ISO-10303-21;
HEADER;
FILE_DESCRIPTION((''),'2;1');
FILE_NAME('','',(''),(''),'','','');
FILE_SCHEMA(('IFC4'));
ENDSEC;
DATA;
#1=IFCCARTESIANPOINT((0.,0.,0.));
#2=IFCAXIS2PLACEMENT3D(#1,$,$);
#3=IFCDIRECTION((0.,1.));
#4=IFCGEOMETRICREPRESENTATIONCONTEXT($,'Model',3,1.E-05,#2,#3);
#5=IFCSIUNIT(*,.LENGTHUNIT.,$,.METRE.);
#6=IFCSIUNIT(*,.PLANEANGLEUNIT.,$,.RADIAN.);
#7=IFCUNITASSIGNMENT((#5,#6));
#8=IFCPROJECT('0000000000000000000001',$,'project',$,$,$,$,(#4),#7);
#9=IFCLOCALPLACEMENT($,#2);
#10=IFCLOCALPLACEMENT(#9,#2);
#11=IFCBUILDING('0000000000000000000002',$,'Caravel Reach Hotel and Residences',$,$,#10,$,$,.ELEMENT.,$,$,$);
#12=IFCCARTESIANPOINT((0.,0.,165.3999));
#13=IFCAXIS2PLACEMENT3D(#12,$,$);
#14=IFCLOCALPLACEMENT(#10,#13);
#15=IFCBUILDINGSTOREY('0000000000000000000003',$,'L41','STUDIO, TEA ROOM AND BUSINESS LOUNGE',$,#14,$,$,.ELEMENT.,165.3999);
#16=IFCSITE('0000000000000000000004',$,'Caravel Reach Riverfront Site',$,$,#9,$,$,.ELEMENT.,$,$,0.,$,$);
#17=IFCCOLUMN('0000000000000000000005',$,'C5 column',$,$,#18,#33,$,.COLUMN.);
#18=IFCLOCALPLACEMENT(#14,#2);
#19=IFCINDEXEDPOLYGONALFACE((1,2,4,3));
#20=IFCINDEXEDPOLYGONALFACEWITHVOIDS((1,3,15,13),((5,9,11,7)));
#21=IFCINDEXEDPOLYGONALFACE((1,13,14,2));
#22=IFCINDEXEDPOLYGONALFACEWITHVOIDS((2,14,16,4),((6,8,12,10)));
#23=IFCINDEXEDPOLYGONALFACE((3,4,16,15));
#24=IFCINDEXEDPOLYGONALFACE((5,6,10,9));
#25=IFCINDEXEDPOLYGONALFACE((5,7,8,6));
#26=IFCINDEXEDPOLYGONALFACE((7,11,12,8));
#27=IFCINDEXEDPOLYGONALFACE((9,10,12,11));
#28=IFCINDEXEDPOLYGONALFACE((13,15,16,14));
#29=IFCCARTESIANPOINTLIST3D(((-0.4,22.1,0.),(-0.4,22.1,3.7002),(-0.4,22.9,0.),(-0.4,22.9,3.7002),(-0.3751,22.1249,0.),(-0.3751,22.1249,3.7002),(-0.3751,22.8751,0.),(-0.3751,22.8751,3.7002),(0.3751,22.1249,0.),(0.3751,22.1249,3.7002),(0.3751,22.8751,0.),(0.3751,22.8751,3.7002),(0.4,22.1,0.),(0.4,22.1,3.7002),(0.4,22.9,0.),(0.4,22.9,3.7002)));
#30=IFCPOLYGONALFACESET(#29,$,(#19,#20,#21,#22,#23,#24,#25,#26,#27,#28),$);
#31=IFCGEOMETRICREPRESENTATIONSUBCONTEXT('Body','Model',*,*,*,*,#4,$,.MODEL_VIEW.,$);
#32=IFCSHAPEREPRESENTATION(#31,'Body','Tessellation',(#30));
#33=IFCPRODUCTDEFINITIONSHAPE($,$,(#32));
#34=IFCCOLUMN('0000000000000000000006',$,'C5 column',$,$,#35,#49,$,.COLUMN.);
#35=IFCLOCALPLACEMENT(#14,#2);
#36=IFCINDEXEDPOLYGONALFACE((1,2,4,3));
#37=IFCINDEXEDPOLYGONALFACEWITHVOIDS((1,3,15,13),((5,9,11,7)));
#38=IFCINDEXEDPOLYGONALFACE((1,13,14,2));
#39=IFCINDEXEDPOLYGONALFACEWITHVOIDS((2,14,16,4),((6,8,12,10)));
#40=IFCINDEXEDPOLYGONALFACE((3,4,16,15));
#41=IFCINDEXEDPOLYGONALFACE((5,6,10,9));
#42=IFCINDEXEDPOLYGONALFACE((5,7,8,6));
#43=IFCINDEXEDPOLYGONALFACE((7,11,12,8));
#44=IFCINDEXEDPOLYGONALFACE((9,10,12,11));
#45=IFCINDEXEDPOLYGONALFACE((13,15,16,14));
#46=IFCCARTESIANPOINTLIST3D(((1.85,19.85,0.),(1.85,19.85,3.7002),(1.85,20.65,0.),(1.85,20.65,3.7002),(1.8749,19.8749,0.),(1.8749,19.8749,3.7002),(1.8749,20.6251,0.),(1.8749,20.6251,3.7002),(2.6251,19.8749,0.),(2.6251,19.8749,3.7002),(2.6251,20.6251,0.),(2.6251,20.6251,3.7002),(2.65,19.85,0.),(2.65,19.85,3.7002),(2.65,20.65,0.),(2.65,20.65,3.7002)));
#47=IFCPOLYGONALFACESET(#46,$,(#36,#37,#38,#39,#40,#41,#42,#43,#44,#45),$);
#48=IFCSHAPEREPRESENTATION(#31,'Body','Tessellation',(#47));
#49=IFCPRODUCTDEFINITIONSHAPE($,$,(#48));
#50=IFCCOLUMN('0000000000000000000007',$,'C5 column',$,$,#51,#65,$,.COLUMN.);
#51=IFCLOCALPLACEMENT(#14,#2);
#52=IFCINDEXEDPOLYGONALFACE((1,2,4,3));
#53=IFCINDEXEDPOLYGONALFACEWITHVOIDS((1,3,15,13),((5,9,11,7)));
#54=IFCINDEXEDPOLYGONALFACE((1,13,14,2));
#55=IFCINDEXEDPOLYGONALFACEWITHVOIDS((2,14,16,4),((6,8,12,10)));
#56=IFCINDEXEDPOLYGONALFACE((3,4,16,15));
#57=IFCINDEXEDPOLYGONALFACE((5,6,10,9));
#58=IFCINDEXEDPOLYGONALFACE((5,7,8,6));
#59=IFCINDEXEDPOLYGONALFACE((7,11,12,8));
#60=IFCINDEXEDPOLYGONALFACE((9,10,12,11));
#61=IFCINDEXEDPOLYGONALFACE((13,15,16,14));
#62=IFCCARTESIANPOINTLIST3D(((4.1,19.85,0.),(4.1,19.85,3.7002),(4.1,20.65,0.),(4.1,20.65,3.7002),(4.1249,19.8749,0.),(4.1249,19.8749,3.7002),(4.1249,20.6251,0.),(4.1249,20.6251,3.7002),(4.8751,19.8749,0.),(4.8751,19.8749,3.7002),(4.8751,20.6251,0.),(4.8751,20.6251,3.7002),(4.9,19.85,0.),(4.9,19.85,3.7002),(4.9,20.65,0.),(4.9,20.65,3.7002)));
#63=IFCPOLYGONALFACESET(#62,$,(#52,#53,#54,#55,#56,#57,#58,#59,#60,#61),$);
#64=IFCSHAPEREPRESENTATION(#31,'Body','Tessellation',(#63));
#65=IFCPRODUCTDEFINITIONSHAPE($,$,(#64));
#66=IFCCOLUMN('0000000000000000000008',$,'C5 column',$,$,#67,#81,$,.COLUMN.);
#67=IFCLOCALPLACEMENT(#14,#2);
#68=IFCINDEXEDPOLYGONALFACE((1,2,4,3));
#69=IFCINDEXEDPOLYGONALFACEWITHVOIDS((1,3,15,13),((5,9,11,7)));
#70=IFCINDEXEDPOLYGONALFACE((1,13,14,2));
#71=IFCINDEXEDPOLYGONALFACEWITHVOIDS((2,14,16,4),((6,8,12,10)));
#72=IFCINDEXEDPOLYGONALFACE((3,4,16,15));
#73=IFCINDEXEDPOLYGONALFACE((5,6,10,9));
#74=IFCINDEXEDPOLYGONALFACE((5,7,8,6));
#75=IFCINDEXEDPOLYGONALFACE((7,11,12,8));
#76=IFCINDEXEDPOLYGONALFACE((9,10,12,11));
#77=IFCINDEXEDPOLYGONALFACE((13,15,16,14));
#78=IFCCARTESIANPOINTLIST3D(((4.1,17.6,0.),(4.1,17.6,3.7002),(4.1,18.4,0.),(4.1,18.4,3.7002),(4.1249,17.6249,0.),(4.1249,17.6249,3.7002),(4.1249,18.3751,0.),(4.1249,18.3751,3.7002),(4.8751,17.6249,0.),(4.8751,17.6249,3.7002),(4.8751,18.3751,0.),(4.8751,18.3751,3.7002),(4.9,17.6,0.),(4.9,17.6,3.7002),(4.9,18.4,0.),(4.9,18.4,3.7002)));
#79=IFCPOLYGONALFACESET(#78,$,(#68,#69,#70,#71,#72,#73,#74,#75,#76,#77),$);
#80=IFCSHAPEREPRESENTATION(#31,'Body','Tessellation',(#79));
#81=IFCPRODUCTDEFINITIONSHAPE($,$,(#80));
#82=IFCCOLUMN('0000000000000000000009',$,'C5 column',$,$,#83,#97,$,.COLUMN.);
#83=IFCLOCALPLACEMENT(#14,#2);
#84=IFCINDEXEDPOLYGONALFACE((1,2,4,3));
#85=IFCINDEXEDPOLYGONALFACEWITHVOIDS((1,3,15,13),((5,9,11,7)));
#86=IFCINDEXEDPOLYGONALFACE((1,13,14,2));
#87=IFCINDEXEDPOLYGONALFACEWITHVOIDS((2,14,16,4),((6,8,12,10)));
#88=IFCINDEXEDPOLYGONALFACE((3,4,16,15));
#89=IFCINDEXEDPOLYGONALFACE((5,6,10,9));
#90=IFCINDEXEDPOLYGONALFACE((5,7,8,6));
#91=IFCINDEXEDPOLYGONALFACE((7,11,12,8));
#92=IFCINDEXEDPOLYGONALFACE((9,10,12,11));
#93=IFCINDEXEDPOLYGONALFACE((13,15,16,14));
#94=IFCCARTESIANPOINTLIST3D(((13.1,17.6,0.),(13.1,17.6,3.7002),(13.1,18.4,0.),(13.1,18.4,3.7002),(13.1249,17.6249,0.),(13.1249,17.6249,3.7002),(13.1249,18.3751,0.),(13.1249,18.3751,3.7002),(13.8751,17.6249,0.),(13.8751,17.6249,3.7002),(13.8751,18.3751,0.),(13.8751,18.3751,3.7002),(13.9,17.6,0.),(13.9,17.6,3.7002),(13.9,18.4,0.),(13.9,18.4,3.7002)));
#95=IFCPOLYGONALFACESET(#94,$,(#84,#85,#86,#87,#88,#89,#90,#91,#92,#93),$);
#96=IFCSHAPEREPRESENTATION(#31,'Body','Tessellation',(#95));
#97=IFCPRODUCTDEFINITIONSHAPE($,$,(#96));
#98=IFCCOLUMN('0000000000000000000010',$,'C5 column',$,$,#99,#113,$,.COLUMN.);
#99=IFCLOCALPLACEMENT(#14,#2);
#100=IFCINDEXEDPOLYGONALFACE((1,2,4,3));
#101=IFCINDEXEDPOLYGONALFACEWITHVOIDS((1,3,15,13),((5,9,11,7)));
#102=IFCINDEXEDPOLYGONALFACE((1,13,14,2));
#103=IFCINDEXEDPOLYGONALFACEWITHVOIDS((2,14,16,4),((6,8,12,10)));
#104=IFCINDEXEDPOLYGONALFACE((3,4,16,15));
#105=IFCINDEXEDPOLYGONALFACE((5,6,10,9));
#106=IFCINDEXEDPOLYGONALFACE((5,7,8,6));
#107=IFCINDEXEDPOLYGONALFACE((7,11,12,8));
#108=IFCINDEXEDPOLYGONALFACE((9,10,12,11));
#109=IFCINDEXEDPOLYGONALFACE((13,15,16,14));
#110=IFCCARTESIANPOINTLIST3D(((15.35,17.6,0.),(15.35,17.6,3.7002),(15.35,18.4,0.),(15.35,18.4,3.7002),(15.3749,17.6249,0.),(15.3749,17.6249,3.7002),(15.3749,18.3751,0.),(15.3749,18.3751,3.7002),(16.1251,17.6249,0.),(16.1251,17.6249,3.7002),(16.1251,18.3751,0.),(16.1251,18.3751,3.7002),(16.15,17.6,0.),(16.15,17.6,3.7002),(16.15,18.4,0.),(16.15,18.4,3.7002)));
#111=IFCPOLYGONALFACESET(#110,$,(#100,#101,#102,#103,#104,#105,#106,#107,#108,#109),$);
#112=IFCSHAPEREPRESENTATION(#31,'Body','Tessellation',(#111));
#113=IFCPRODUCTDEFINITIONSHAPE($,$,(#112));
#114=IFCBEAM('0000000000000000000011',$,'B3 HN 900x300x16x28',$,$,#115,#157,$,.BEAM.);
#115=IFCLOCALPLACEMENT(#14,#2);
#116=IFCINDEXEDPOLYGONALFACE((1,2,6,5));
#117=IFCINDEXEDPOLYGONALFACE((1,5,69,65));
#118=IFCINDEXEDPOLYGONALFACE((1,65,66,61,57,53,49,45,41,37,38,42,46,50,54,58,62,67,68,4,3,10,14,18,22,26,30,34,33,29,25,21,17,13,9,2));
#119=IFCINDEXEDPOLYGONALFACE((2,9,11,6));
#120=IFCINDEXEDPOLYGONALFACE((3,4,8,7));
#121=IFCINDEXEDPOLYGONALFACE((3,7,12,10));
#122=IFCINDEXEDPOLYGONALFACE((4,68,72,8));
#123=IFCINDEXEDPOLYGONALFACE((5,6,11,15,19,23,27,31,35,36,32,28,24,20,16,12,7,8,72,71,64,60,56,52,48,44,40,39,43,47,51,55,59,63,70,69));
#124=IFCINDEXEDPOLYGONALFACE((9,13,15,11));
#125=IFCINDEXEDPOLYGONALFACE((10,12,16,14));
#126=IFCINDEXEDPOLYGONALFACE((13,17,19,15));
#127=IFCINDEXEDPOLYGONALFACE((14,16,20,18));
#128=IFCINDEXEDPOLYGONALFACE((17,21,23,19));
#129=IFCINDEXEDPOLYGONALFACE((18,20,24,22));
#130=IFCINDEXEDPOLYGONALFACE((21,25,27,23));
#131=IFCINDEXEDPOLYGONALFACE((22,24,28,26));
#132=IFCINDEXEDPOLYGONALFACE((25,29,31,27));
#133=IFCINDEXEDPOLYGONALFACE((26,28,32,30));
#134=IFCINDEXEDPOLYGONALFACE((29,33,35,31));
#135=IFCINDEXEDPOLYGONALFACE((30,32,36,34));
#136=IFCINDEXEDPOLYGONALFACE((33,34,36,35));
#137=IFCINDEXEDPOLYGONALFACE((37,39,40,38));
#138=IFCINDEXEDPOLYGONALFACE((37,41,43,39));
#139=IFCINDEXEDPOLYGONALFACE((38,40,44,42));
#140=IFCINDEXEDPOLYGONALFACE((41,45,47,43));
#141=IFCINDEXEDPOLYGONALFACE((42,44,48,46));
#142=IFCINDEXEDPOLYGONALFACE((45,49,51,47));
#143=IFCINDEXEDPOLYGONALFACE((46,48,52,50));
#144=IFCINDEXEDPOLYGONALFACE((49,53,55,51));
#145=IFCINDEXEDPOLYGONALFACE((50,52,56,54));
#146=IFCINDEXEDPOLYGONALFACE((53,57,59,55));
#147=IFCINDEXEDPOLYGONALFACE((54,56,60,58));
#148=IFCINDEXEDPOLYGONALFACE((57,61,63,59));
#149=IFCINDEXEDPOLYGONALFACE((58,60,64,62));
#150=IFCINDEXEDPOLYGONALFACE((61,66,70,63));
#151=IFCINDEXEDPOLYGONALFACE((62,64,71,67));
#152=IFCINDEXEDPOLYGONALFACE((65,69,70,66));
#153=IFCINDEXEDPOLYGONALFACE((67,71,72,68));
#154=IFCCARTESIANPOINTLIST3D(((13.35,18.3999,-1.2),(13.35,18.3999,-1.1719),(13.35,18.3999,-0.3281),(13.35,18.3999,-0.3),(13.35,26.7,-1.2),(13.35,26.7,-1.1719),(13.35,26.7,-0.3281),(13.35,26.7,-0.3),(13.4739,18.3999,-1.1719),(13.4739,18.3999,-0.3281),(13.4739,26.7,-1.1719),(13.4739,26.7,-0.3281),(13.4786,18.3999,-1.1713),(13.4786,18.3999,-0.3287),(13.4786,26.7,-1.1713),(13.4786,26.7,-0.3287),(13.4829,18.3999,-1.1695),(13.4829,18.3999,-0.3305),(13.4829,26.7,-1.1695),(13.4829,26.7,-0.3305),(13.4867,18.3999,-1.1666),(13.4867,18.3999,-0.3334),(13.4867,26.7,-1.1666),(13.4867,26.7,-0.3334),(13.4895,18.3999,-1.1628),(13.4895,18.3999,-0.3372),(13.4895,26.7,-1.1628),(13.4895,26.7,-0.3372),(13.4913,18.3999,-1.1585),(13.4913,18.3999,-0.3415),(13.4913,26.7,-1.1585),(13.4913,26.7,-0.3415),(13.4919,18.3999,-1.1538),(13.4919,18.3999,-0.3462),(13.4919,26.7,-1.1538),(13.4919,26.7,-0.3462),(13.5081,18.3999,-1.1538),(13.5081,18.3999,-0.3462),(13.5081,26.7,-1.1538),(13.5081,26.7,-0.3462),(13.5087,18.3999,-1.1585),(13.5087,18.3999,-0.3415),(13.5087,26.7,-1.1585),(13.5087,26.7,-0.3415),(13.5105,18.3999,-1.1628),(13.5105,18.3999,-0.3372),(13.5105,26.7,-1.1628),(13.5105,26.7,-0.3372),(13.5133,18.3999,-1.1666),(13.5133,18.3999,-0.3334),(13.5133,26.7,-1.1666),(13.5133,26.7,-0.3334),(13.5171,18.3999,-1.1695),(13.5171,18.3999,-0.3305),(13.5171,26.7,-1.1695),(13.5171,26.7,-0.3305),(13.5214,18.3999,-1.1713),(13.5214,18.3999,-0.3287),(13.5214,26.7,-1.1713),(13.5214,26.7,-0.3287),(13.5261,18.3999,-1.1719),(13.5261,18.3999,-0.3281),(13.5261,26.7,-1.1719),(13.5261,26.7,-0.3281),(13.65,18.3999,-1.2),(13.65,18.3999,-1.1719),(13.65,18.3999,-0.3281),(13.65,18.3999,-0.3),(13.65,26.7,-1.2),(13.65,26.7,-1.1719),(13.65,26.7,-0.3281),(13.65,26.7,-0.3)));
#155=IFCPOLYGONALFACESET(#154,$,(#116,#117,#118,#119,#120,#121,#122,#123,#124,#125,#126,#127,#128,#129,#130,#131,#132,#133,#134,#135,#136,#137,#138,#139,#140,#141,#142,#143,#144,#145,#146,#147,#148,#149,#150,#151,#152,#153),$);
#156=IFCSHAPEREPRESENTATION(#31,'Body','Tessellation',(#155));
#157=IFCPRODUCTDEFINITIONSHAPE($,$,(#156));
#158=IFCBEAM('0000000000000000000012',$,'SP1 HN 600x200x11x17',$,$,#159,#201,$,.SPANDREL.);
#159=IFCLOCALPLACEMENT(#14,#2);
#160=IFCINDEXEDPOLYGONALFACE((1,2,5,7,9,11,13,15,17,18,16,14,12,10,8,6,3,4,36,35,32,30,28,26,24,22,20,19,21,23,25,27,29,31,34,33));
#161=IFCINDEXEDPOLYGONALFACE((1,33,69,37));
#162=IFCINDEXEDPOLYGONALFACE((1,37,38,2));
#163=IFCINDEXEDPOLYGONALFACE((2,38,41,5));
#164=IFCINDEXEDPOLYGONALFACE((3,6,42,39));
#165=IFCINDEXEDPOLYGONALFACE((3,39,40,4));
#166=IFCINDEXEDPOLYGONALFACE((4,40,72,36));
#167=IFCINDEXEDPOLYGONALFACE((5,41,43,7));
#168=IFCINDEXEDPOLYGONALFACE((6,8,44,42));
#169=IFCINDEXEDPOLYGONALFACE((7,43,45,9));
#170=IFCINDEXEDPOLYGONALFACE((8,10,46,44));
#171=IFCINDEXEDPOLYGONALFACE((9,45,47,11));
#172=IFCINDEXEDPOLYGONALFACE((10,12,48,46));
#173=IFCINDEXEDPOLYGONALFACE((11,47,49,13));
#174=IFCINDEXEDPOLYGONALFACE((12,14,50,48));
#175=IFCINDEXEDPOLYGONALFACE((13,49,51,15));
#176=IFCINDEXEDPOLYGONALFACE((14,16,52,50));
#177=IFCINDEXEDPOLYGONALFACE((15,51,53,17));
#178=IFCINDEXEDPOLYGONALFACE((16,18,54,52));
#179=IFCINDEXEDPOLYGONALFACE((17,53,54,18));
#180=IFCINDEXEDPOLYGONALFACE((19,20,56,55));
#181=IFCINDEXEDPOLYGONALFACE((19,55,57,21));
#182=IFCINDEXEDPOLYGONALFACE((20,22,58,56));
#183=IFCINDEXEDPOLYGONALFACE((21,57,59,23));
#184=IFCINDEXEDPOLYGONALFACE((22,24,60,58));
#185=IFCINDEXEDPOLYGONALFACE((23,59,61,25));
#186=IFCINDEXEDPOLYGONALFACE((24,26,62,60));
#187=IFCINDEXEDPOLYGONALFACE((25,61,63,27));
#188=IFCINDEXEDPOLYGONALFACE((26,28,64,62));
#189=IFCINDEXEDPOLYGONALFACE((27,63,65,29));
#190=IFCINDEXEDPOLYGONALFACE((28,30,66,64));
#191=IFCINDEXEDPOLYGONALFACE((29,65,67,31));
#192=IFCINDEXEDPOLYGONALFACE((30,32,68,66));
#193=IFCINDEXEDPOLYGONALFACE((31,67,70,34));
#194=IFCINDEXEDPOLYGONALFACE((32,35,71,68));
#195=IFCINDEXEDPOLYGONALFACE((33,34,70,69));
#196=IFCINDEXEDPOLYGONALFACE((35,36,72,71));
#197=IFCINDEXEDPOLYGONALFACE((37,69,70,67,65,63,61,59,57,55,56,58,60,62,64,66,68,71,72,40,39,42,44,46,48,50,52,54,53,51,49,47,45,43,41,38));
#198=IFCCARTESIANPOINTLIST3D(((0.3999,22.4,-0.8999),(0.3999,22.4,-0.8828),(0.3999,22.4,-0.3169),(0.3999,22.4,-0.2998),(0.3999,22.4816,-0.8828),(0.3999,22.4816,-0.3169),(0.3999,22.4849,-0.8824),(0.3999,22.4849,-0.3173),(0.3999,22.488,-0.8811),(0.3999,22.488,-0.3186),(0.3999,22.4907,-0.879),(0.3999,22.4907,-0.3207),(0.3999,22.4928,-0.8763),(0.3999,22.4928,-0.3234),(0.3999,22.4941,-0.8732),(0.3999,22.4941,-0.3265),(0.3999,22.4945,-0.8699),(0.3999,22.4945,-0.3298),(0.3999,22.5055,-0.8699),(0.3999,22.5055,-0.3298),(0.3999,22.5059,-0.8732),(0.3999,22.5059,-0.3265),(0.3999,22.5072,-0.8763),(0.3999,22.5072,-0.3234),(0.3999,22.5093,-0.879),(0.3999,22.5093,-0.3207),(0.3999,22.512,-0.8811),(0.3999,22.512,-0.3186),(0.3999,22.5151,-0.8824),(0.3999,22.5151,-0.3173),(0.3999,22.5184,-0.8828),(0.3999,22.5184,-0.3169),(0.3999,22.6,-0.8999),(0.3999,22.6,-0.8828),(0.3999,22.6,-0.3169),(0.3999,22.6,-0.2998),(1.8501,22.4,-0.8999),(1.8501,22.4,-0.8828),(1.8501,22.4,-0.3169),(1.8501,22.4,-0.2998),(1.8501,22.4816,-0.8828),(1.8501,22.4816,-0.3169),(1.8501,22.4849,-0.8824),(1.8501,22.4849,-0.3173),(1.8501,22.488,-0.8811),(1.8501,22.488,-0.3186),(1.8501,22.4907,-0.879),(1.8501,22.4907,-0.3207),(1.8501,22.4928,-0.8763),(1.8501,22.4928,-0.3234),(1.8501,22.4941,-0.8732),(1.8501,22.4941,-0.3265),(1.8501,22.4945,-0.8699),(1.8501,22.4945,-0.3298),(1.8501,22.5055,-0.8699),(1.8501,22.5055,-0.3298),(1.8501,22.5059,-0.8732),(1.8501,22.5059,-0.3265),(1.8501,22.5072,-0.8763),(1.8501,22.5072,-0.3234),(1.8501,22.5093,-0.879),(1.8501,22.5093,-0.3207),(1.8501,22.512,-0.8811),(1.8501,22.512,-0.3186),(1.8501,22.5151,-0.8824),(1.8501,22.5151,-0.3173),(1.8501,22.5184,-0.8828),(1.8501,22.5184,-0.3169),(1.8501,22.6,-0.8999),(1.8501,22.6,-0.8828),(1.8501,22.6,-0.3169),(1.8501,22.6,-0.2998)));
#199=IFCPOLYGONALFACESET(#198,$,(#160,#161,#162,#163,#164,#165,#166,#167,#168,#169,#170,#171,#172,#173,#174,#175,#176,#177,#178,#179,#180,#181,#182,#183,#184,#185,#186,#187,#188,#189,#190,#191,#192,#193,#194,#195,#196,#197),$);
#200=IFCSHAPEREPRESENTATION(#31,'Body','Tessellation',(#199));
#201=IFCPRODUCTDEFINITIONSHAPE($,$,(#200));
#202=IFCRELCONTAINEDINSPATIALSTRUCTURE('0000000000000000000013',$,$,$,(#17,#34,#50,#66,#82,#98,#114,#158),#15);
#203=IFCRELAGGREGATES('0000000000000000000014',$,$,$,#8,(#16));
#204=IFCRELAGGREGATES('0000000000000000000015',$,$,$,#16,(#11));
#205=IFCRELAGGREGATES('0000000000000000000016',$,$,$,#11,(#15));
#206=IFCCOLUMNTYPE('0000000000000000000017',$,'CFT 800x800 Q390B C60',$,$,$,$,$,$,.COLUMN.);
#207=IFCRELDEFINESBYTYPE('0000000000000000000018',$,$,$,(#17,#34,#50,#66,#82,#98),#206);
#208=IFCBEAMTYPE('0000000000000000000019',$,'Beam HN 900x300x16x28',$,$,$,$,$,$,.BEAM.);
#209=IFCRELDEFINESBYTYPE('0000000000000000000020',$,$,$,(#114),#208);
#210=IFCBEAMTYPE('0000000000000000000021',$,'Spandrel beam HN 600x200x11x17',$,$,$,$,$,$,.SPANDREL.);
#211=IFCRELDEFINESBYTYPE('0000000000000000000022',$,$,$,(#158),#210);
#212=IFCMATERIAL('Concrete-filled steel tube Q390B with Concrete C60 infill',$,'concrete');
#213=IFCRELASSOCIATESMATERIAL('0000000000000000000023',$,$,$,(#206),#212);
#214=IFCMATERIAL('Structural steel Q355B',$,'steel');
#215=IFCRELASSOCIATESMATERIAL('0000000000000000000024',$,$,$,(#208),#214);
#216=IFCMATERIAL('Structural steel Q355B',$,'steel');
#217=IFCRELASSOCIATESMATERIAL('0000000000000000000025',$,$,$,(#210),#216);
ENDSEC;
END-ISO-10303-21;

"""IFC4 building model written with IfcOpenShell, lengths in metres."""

from ifc_helpers import new_model, si_unit, direction, frame, origin, origin_2d, place, context, subcontext, project, spatial, hollow_rectangle, i_section, extrude, material, material_profile, profile_set, type_object, element, save


model = new_model("IFC4")

# Units and contexts
model_context = context("Model", 3, precision=1e-05, world=origin(), true_north=direction((0.0, 1.0)))
body_context = subcontext(model_context, "Body", "Model", "MODEL_VIEW")
ifc_project = project(units=[si_unit("LENGTHUNIT", "METRE"), si_unit("PLANEANGLEUNIT", "RADIAN")], contexts=[model_context])

# Site, building, storey
site_placement = place(None, origin())
site = spatial("IfcSite", under=ifc_project, at=site_placement, Name="Caravel Reach Riverfront Site", CompositionType="ELEMENT", RefElevation=0.0)
building_placement = place(site_placement, origin())
building = spatial("IfcBuilding", under=site, at=building_placement, Name="Caravel Reach Hotel and Residences", CompositionType="ELEMENT")
storey_placement = place(building_placement, frame((0.0, 0.0, 165.3999)))
storey = spatial("IfcBuildingStorey", under=building, at=storey_placement, Name="L41", Description="STUDIO, TEA ROOM AND BUSINESS LOUNGE", CompositionType="ELEMENT", Elevation=165.3999)

# Columns
ifc_material_1 = material(Name="Concrete-filled steel tube Q390B with Concrete C60 infill", Category="concrete")
ifc_material_profile_1 = material_profile(ifc_material_1, hollow_rectangle(XDim=0.8, YDim=0.8, WallThickness=0.0249, at=origin_2d()), Name="RHS 800x800x25")
ifc_profile_set_1 = profile_set([ifc_material_profile_1], Name="Concrete-filled steel tube Q390B with Concrete C60 infill")
column_type = type_object("IfcColumnType", Name="CFT 800x800 Q390B C60", PredefinedType="COLUMN", material=ifc_profile_set_1)
for number, where, z_axis, x_axis, name in (
    (1, (0.0, 22.5, 0.0), (0.0, 0.0, 1.0), (1.0, 0.0, 0.0), "C5 column"),
    (2, (2.25, 20.25, 0.0), (0.0, 0.0, 1.0), (1.0, 0.0, 0.0), "C5 column"),
    (3, (4.5, 20.25, 0.0), (0.0, 0.0, 1.0), (1.0, 0.0, 0.0), "C5 column"),
    (4, (4.5, 18.0, 0.0), (0.0, 0.0, 1.0), (1.0, 0.0, 0.0), "C5 column"),
    (5, (13.5, 18.0, 0.0), (0.0, 0.0, 1.0), (1.0, 0.0, 0.0), "C5 column"),
    (6, (15.75, 18.0, 0.0), (0.0, 0.0, 1.0), (1.0, 0.0, 0.0), "C5 column"),
):
    element("IfcColumn", number, at=place(storey_placement, frame(where, z_axis=z_axis, x_axis=x_axis)), inside=storey, type_object=column_type, Name=name, PredefinedType="COLUMN", context=body_context, shape_type="SweptSolid", body=[
        extrude(hollow_rectangle(XDim=0.8, YDim=0.8, WallThickness=0.0249, at=origin_2d()), origin(), (0.0, 0.0, 1.0), 3.7002),
    ])

# Beams
ifc_material_2 = material(Name="Structural steel Q355B", Category="steel")
ifc_material_profile_2 = material_profile(ifc_material_2, i_section(OverallWidth=0.3, OverallDepth=0.8999, WebThickness=0.0161, FlangeThickness=0.0281, FilletRadius=0.0181, at=origin_2d()), Name="HN 900x300x16x28")
ifc_profile_set_2 = profile_set([ifc_material_profile_2], Name="Structural steel Q355B")
beam_type_1 = type_object("IfcBeamType", Name="Beam HN 900x300x16x28", PredefinedType="BEAM", material=ifc_profile_set_2)
beam_1_placement = place(storey_placement, frame((13.5, 18.3999, -0.75), z_axis=(0.0, 1.0, 0.0), x_axis=(-1.0, 0.0, 0.0)))
element("IfcBeam", 7, at=beam_1_placement, inside=storey, type_object=beam_type_1, Name="B3 HN 900x300x16x28", PredefinedType="BEAM", context=body_context, shape_type="SweptSolid", body=[
    extrude(i_section(OverallWidth=0.3, OverallDepth=0.8999, WebThickness=0.0161, FlangeThickness=0.0281, FilletRadius=0.0181, at=origin_2d()), origin(), (0.0, 0.0, 1.0), 8.3),
])
ifc_material_3 = material(Name="Structural steel Q355B", Category="steel")
ifc_material_profile_3 = material_profile(ifc_material_3, i_section(OverallWidth=0.2, OverallDepth=0.6001, WebThickness=0.011, FlangeThickness=0.0171, FilletRadius=0.0129, at=origin_2d()), Name="HN 600x200x11x17")
ifc_profile_set_3 = profile_set([ifc_material_profile_3], Name="Structural steel Q355B")
beam_type_2 = type_object("IfcBeamType", Name="Spandrel beam HN 600x200x11x17", PredefinedType="SPANDREL", material=ifc_profile_set_3)
for number, where, z_axis, x_axis, name in (
    (8, (0.3999, 22.5, -0.5999), (1.0, 0.0, 0.0), (0.0, 1.0, 0.0), "SP1 HN 600x200x11x17"),
):
    element("IfcBeam", number, at=place(storey_placement, frame(where, z_axis=z_axis, x_axis=x_axis)), inside=storey, type_object=beam_type_2, Name=name, PredefinedType="SPANDREL", context=body_context, shape_type="SweptSolid", body=[
        extrude(i_section(OverallWidth=0.2, OverallDepth=0.6001, WebThickness=0.011, FlangeThickness=0.0171, FilletRadius=0.0129, at=origin_2d()), origin(), (0.0, 0.0, 1.0), 1.4502),
    ])

save(model, "model.ifc")
